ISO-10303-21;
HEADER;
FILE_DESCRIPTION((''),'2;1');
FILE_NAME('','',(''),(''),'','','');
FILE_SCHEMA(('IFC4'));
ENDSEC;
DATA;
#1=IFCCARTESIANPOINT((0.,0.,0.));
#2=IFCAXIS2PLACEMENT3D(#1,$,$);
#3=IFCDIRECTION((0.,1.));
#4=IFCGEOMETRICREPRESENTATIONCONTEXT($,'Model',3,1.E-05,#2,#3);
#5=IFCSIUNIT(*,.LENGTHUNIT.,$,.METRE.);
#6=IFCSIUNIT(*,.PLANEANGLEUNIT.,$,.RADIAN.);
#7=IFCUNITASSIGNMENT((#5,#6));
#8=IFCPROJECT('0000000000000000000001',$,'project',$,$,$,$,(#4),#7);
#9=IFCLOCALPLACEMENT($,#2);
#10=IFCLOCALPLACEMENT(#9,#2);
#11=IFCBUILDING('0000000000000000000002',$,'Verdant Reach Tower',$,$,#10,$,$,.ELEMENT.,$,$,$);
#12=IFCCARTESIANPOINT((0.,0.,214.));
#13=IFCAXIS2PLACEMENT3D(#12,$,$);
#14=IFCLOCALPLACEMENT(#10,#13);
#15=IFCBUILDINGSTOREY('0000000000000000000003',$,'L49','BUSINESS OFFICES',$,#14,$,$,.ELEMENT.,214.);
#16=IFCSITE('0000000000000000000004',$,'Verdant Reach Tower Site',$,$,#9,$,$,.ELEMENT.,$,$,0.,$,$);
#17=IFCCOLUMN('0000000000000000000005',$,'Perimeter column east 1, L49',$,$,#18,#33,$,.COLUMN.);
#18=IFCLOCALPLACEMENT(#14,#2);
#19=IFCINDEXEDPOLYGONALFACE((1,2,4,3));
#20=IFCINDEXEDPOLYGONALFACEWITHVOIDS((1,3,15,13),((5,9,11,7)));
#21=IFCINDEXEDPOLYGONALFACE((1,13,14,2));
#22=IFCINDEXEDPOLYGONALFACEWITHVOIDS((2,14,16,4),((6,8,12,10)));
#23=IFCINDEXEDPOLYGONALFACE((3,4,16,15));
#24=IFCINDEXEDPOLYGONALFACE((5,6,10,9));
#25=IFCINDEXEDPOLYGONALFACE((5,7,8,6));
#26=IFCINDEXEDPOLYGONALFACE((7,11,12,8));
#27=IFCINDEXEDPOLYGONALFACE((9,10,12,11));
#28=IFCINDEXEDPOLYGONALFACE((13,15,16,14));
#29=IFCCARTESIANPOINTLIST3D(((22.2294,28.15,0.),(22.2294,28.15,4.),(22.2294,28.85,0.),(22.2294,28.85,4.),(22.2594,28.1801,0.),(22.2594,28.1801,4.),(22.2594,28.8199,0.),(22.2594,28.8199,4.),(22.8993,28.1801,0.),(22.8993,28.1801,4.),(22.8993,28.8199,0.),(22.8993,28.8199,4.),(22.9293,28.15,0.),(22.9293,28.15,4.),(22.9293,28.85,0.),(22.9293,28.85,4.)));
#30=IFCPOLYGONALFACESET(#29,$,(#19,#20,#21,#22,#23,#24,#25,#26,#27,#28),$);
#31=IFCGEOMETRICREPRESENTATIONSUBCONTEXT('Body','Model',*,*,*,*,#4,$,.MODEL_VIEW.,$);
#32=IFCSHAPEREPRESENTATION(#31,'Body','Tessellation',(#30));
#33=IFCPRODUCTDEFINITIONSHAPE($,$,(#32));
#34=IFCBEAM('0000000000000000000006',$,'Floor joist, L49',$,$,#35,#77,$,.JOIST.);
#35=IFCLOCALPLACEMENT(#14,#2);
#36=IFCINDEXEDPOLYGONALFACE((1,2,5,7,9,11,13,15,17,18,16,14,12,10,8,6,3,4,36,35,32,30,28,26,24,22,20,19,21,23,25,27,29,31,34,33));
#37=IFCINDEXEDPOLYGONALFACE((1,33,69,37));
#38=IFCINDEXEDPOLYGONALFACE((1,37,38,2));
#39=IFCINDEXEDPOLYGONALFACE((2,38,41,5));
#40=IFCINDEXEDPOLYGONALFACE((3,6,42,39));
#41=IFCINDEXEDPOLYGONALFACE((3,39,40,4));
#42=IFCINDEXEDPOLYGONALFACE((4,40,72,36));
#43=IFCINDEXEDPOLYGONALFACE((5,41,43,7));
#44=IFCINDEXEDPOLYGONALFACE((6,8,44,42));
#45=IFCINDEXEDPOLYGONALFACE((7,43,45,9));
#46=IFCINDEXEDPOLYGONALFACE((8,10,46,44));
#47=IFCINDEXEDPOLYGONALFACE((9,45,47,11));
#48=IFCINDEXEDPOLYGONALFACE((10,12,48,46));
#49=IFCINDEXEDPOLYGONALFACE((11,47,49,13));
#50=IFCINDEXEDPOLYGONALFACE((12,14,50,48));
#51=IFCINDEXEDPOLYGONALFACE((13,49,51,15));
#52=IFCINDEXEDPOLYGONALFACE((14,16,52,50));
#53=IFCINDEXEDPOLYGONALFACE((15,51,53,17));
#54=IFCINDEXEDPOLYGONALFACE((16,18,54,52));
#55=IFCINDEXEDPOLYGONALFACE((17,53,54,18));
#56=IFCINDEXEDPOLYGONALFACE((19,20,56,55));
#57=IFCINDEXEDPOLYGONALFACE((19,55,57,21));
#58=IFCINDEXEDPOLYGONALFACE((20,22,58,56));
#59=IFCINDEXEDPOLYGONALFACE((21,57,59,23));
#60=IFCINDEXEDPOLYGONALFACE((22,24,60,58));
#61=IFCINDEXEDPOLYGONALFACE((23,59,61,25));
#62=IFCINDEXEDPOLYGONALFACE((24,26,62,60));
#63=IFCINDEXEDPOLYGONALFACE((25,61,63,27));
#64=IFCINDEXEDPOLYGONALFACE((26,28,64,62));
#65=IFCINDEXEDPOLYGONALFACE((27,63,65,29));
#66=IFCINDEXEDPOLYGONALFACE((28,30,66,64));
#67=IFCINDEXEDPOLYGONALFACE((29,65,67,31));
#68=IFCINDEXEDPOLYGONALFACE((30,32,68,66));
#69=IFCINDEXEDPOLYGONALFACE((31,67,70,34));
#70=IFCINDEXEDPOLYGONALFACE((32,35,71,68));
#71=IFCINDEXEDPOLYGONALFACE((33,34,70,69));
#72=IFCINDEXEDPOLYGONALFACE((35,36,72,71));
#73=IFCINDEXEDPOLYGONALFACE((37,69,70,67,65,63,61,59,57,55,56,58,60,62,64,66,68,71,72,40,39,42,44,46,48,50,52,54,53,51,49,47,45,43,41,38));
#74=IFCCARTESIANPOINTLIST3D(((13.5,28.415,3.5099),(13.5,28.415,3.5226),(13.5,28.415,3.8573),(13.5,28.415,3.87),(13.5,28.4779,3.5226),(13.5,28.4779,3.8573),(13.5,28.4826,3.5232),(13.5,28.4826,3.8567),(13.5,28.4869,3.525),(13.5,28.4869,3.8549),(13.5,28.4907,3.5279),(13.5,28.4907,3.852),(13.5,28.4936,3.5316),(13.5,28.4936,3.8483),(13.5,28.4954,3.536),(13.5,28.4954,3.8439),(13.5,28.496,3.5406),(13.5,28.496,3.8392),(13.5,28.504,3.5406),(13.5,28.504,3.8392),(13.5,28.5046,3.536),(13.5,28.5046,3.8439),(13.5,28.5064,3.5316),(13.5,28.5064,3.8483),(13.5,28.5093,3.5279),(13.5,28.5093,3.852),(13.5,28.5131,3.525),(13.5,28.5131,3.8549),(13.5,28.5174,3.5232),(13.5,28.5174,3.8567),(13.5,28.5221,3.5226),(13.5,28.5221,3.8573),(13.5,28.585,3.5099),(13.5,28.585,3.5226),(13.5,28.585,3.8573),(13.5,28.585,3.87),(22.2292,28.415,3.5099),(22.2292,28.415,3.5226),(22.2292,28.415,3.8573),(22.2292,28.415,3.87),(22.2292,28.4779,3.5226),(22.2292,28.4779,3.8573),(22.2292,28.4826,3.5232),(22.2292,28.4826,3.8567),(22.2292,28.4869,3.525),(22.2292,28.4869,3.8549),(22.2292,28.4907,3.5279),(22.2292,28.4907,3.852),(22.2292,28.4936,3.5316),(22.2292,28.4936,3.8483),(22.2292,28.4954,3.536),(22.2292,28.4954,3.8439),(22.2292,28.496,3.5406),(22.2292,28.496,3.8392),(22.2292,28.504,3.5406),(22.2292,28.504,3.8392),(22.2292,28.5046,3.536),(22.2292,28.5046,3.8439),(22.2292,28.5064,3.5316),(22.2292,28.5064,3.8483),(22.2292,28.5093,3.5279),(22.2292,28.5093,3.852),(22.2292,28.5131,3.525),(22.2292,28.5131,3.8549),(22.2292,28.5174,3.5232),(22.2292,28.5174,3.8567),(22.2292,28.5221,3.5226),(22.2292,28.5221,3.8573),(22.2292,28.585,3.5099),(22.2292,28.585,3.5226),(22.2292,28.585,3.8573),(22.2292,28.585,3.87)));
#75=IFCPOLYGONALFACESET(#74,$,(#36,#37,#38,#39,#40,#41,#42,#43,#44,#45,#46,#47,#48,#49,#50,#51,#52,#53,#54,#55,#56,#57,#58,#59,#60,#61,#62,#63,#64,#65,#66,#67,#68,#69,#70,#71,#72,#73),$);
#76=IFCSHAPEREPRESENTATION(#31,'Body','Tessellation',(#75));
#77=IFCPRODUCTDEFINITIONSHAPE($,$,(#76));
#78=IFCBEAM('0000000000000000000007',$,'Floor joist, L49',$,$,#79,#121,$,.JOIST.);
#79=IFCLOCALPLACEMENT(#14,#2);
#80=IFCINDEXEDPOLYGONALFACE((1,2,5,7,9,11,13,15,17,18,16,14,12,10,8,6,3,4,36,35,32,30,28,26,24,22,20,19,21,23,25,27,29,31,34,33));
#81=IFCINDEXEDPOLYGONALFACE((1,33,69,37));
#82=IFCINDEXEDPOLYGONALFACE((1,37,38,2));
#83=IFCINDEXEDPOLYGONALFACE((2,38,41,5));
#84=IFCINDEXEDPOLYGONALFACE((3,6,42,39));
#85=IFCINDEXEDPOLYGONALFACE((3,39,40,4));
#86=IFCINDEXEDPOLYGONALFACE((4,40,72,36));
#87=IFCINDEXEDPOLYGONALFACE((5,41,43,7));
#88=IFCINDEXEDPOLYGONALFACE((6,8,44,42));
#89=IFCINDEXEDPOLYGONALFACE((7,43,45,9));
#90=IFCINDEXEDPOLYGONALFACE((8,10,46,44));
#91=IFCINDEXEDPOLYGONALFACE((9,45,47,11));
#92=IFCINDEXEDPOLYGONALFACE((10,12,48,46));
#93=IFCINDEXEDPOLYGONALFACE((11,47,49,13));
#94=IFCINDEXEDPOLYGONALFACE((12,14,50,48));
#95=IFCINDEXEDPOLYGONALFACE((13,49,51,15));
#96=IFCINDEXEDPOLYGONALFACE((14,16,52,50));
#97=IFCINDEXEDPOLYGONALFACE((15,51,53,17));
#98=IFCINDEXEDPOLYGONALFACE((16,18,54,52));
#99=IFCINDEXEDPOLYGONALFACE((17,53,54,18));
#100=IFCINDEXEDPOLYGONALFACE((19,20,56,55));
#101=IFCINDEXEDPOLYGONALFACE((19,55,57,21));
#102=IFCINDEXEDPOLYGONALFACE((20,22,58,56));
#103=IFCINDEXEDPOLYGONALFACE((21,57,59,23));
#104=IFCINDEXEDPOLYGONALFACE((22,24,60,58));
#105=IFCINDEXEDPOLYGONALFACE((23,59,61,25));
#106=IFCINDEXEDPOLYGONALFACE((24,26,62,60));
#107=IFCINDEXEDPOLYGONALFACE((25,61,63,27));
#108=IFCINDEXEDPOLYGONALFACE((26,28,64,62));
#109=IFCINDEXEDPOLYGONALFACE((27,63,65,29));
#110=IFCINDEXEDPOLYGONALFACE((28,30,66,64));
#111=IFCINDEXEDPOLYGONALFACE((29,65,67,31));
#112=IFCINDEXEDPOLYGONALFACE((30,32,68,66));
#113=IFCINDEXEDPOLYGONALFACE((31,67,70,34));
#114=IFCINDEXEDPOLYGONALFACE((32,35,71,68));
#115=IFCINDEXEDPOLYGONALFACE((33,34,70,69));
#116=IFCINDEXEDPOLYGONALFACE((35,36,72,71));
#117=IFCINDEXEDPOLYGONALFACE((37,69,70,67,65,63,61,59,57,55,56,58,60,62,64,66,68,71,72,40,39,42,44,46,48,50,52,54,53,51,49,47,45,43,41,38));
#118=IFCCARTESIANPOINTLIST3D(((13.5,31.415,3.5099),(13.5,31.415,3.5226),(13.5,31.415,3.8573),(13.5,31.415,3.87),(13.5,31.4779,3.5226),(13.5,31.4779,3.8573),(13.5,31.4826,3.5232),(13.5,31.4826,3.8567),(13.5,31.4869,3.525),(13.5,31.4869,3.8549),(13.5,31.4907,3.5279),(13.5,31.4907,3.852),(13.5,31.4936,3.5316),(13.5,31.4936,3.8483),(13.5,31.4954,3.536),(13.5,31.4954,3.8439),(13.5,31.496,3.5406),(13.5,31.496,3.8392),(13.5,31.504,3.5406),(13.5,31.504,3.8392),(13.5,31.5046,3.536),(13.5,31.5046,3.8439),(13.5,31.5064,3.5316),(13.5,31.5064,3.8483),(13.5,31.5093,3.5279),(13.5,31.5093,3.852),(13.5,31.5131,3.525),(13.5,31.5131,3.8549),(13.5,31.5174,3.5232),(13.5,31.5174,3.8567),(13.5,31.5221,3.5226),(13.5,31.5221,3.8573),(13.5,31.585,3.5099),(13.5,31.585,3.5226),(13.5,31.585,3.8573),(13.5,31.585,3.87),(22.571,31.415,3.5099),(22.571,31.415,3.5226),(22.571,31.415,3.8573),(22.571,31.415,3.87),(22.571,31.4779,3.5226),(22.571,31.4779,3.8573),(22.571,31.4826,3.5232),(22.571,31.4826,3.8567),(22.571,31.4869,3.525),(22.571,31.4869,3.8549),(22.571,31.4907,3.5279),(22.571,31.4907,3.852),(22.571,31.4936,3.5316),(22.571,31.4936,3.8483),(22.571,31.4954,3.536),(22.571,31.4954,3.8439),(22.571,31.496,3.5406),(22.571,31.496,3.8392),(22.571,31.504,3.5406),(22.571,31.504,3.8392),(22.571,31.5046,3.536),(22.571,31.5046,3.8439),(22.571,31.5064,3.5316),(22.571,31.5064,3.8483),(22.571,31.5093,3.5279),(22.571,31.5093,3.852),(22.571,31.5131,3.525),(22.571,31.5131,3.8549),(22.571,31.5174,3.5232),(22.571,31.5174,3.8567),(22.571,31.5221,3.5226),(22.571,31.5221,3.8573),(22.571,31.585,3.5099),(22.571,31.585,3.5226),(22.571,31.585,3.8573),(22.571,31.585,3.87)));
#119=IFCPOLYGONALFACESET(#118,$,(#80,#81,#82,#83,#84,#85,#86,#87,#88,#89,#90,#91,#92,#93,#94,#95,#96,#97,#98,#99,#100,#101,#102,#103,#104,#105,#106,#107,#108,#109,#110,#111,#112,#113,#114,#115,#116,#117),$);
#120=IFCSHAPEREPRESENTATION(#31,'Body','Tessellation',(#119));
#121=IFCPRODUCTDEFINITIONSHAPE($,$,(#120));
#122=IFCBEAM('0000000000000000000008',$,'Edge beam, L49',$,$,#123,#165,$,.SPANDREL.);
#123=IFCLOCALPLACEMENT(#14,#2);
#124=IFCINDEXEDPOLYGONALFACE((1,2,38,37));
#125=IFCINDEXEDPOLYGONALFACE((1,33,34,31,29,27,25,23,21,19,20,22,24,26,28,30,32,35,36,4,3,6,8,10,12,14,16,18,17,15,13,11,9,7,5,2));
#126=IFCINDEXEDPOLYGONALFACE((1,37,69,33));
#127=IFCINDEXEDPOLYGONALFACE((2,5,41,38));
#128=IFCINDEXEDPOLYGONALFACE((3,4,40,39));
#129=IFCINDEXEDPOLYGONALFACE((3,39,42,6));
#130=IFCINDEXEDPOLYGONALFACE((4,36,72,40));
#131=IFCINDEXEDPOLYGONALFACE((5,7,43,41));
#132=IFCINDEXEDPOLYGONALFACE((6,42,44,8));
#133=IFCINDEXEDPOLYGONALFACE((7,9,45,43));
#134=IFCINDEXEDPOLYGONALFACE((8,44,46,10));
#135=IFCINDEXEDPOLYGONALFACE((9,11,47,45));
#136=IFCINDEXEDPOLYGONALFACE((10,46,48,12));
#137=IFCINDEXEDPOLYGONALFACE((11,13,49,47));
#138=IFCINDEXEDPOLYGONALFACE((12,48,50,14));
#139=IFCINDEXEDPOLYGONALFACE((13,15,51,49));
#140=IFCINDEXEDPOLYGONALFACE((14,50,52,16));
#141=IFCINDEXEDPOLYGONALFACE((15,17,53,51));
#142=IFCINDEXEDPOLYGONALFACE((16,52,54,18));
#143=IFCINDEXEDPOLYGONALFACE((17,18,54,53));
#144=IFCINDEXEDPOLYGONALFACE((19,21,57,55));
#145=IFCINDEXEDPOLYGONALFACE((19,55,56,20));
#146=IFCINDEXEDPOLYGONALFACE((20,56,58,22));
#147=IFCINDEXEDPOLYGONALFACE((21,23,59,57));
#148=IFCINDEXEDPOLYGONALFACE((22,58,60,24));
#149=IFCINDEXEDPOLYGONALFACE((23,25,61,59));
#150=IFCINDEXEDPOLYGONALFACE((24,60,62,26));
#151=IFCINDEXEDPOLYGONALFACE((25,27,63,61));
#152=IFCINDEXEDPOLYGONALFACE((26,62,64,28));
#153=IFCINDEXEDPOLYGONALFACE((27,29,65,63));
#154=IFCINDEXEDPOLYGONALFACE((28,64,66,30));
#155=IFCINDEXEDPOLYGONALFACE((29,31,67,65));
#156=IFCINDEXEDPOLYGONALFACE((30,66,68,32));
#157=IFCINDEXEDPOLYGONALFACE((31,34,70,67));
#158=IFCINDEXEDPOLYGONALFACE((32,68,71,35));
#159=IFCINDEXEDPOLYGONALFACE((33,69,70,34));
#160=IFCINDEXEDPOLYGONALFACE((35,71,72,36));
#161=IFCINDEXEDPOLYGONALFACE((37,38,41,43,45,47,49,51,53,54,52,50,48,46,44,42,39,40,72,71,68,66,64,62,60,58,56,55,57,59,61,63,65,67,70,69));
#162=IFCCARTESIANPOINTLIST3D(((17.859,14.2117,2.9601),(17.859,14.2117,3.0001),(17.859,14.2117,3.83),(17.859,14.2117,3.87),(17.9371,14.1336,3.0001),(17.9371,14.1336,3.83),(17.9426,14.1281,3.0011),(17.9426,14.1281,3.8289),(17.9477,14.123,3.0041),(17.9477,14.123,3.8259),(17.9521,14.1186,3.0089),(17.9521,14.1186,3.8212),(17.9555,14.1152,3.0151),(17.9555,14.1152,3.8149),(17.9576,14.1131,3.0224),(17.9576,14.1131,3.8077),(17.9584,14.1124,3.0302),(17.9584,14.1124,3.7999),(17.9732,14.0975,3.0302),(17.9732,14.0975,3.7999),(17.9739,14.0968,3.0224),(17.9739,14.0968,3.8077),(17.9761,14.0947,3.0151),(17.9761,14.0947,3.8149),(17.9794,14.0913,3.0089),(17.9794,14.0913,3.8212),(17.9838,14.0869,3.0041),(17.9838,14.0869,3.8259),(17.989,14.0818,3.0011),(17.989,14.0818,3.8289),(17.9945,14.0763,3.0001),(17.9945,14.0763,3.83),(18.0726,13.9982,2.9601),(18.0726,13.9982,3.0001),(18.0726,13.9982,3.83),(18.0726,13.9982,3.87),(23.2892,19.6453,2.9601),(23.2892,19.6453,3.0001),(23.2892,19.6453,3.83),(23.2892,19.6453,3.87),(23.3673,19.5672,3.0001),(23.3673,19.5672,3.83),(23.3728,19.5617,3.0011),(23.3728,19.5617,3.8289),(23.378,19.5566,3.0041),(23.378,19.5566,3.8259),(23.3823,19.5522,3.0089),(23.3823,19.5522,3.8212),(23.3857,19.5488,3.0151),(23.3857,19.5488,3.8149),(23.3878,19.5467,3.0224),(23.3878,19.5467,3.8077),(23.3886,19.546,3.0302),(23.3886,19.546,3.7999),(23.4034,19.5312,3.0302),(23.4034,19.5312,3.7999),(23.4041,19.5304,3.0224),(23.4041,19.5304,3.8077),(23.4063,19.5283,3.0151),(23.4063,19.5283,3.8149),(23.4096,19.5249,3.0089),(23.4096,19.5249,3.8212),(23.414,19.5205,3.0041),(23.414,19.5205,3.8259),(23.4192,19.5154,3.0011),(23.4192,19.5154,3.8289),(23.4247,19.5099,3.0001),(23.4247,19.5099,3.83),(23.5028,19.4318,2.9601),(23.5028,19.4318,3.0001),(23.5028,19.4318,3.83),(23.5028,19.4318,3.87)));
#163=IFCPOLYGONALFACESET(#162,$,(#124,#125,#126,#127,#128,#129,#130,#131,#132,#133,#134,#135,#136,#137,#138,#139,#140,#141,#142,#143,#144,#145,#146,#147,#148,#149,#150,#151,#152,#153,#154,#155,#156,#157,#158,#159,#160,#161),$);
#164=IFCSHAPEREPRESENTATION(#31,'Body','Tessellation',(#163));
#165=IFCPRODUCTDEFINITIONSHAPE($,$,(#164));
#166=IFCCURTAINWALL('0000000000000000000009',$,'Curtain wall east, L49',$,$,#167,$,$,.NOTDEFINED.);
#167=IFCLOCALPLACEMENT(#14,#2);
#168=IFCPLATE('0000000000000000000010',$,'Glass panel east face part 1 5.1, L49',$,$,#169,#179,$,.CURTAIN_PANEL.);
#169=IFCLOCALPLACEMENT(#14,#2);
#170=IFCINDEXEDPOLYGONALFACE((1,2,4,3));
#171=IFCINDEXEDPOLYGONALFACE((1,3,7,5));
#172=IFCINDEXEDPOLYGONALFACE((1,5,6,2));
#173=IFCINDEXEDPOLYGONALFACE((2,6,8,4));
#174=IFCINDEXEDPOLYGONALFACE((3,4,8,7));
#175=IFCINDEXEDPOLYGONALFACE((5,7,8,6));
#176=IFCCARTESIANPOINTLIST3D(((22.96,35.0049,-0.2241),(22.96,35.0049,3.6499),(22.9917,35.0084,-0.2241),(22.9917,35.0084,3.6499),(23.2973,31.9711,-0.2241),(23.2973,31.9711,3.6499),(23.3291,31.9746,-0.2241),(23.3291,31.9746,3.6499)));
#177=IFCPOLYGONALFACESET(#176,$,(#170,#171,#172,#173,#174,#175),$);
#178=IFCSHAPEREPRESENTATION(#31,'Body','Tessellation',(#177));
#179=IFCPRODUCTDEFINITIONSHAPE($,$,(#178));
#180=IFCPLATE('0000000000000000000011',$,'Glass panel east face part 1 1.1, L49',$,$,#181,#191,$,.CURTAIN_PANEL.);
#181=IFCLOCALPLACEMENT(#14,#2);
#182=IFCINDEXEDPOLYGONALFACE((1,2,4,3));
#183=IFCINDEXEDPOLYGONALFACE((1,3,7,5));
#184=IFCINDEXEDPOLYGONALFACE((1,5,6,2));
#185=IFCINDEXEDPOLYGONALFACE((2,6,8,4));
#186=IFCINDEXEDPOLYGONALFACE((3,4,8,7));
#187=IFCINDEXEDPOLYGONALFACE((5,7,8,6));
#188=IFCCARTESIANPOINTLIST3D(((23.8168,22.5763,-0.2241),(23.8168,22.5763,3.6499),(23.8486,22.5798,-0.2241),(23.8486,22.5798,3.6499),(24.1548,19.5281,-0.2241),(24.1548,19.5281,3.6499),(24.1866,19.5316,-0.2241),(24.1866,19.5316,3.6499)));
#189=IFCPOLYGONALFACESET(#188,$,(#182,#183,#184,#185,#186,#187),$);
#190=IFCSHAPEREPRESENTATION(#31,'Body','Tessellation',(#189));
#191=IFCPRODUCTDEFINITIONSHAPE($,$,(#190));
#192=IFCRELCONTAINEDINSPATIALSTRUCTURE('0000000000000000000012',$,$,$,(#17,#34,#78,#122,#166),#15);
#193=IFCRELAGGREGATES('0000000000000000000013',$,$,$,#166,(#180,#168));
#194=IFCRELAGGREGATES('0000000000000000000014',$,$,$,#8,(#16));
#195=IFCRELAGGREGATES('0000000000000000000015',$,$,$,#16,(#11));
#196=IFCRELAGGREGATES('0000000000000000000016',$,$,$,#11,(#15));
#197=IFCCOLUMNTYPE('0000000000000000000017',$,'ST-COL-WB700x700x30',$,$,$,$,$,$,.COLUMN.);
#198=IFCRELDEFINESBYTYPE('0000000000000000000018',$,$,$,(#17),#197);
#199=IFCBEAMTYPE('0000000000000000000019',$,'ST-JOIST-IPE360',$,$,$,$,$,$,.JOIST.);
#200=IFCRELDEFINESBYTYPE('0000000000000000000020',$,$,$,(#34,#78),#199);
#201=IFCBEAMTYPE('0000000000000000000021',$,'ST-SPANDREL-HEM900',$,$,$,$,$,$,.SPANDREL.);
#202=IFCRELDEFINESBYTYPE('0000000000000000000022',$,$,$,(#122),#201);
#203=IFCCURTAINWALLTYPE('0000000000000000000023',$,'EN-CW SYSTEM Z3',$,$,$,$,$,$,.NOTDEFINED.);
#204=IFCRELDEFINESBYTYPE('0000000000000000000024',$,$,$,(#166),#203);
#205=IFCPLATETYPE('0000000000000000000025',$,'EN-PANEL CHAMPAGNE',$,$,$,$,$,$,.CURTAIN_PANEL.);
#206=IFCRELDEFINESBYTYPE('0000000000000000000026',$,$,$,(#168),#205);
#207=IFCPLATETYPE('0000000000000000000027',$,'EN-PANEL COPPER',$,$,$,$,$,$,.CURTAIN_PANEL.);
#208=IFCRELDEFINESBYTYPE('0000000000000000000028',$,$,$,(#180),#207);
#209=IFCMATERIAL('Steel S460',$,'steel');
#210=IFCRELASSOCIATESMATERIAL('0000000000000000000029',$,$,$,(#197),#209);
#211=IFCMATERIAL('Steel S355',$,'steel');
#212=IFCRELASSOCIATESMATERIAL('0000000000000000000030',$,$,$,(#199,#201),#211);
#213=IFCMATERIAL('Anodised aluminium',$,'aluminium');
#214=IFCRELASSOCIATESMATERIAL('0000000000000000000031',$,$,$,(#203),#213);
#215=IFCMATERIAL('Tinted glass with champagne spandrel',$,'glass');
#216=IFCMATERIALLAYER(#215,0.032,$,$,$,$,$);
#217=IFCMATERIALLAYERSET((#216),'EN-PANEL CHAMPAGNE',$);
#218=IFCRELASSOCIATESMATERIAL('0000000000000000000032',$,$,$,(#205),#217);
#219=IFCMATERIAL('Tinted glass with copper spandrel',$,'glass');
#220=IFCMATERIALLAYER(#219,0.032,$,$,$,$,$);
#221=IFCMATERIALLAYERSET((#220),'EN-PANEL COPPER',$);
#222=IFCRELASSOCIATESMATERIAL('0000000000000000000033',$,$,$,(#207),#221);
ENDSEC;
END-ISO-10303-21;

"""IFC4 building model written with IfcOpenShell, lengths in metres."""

from ifc_helpers import new_model, si_unit, direction, frame, origin, origin_2d, place, context, subcontext, project, spatial, rectangle, hollow_rectangle, i_section, extrude, material, layer, layer_set, material_profile, profile_set, type_object, element, aggregate, save


model = new_model("IFC4")

# Units and contexts
model_context = context("Model", 3, precision=1e-05, world=origin(), true_north=direction((0.0, 1.0)))
body_context = subcontext(model_context, "Body", "Model", "MODEL_VIEW")
ifc_project = project(units=[si_unit("LENGTHUNIT", "METRE"), si_unit("PLANEANGLEUNIT", "RADIAN")], contexts=[model_context])

# Site, building, storey
site_placement = place(None, origin())
site = spatial("IfcSite", under=ifc_project, at=site_placement, Name="Verdant Reach Tower Site", CompositionType="ELEMENT", RefElevation=0.0)
building_placement = place(site_placement, origin())
building = spatial("IfcBuilding", under=site, at=building_placement, Name="Verdant Reach Tower", CompositionType="ELEMENT")
storey_placement = place(building_placement, frame((0.0, 0.0, 214.0)))
storey = spatial("IfcBuildingStorey", under=building, at=storey_placement, Name="L49", Description="BUSINESS OFFICES", CompositionType="ELEMENT", Elevation=214.0)

# Column
ifc_material_1 = material(Name="Steel S460", Category="steel")
ifc_material_profile_1 = material_profile(ifc_material_1, hollow_rectangle(XDim=0.7, YDim=0.7, WallThickness=0.03, at=origin_2d()), Name="WB 700x700x30")
ifc_profile_set_1 = profile_set([ifc_material_profile_1], Name="Steel S460")
column_type = type_object("IfcColumnType", Name="ST-COL-WB700x700x30", PredefinedType="COLUMN", material=ifc_profile_set_1)
column_placement = place(storey_placement, frame((22.5793, 28.5, 0.0), z_axis=(0.0, 0.0, 1.0), x_axis=(1.0, 0.0, 0.0)))
element("IfcColumn", 1, at=column_placement, inside=storey, type_object=column_type, Name="Perimeter column east 1, L49", PredefinedType="COLUMN", context=body_context, shape_type="SweptSolid", body=[
    extrude(hollow_rectangle(XDim=0.7, YDim=0.7, WallThickness=0.03, at=origin_2d()), origin(), (0.0, 0.0, 1.0), 4.0),
])

# Beams
ifc_material_2 = material(Name="Steel S355", Category="steel")
ifc_material_profile_2 = material_profile(ifc_material_2, i_section(OverallWidth=0.1699, OverallDepth=0.3601, WebThickness=0.0081, FlangeThickness=0.0127, FilletRadius=0.0181, at=origin_2d()), Name="IPE 360")
ifc_profile_set_2 = profile_set([ifc_material_profile_2], Name="Steel S355")
beam_type_1 = type_object("IfcBeamType", Name="ST-JOIST-IPE360", PredefinedType="JOIST", material=ifc_profile_set_2)
beam_1_placement = place(storey_placement, frame((13.5, 28.5, 3.6899), z_axis=(1.0, 0.0, 0.0), x_axis=(0.0, 1.0, 0.0)))
element("IfcBeam", 2, at=beam_1_placement, inside=storey, type_object=beam_type_1, Name="Floor joist, L49", PredefinedType="JOIST", context=body_context, shape_type="SweptSolid", body=[
    extrude(i_section(OverallWidth=0.1699, OverallDepth=0.3601, WebThickness=0.0081, FlangeThickness=0.0127, FilletRadius=0.0181, at=origin_2d()), origin(), (0.0, 0.0, 1.0), 8.7292),
])
beam_2_placement = place(storey_placement, frame((13.5, 31.5, 3.6899), z_axis=(1.0, 0.0, 0.0), x_axis=(0.0, 1.0, 0.0)))
element("IfcBeam", 3, at=beam_2_placement, inside=storey, type_object=beam_type_1, Name="Floor joist, L49", PredefinedType="JOIST", context=body_context, shape_type="SweptSolid", body=[
    extrude(i_section(OverallWidth=0.1699, OverallDepth=0.3601, WebThickness=0.0081, FlangeThickness=0.0127, FilletRadius=0.0181, at=origin_2d()), origin(), (0.0, 0.0, 1.0), 9.071),
])
ifc_material_profile_3 = material_profile(ifc_material_2, i_section(OverallWidth=0.302, OverallDepth=0.9099, WebThickness=0.021, FlangeThickness=0.04, FilletRadius=0.03, at=origin_2d()), Name="HEM 900")
ifc_profile_set_3 = profile_set([ifc_material_profile_3], Name="Steel S355")
beam_type_2 = type_object("IfcBeamType", Name="ST-SPANDREL-HEM900", PredefinedType="SPANDREL", material=ifc_profile_set_3)
beam_3_placement = place(storey_placement, frame((23.396, 19.5386, 3.415), z_axis=(-0.706884, -0.707329, 0.0), x_axis=(0.707329, -0.706884, 0.0)))
element("IfcBeam", 4, at=beam_3_placement, inside=storey, type_object=beam_type_2, Name="Edge beam, L49", PredefinedType="SPANDREL", context=body_context, shape_type="SweptSolid", body=[
    extrude(i_section(OverallWidth=0.302, OverallDepth=0.9099, WebThickness=0.021, FlangeThickness=0.04, FilletRadius=0.03, at=origin_2d()), origin(), (0.0, 0.0, 1.0), 7.6819),
])

# Curtain wall, plates
ifc_material_3 = material(Name="Anodised aluminium", Category="aluminium")
curtain_wall_type = type_object("IfcCurtainWallType", Name="EN-CW SYSTEM Z3", PredefinedType="NOTDEFINED", material=ifc_material_3)
curtain_wall_placement = place(storey_placement, origin())
curtain_wall = element("IfcCurtainWall", 5, at=curtain_wall_placement, inside=storey, type_object=curtain_wall_type, Name="Curtain wall east, L49", PredefinedType="NOTDEFINED")
ifc_material_4 = material(Name="Tinted glass with champagne spandrel", Category="glass")
ifc_layer_1 = layer(ifc_material_4, 0.032)
ifc_layer_set_1 = layer_set([ifc_layer_1], Name="EN-PANEL CHAMPAGNE")
plate_type_1 = type_object("IfcPlateType", Name="EN-PANEL CHAMPAGNE", PredefinedType="CURTAIN_PANEL", material=ifc_layer_set_1)
plate_1_placement = place(storey_placement, frame((23.1445, 33.4897, -0.2241), z_axis=(0.0, 0.0, 1.0), x_axis=(-0.110518, 0.993874, 0.0)))
plate_1 = element("IfcPlate", 6, at=plate_1_placement, type_object=plate_type_1, Name="Glass panel east face part 1 5.1, L49", PredefinedType="CURTAIN_PANEL", context=body_context, shape_type="SweptSolid", body=[
    extrude(rectangle(XDim=3.0525, YDim=0.032, at=origin_2d()), origin(), (0.0, 0.0, 1.0), 3.874),
])
ifc_material_5 = material(Name="Tinted glass with copper spandrel", Category="glass")
ifc_layer_2 = layer(ifc_material_5, 0.032)
ifc_layer_set_2 = layer_set([ifc_layer_2], Name="EN-PANEL COPPER")
plate_type_2 = type_object("IfcPlateType", Name="EN-PANEL COPPER", PredefinedType="CURTAIN_PANEL", material=ifc_layer_set_2)
plate_2_placement = place(storey_placement, frame((24.0017, 21.054, -0.2241), z_axis=(0.0, 0.0, 1.0), x_axis=(-0.110214, 0.993908, 0.0)))
plate_2 = element("IfcPlate", 7, at=plate_2_placement, type_object=plate_type_2, Name="Glass panel east face part 1 1.1, L49", PredefinedType="CURTAIN_PANEL", context=body_context, shape_type="SweptSolid", body=[
    extrude(rectangle(XDim=3.0669, YDim=0.032, at=origin_2d()), origin(), (0.0, 0.0, 1.0), 3.874),
])
aggregate(curtain_wall, [plate_2, plate_1])

save(model, "model.ifc")
